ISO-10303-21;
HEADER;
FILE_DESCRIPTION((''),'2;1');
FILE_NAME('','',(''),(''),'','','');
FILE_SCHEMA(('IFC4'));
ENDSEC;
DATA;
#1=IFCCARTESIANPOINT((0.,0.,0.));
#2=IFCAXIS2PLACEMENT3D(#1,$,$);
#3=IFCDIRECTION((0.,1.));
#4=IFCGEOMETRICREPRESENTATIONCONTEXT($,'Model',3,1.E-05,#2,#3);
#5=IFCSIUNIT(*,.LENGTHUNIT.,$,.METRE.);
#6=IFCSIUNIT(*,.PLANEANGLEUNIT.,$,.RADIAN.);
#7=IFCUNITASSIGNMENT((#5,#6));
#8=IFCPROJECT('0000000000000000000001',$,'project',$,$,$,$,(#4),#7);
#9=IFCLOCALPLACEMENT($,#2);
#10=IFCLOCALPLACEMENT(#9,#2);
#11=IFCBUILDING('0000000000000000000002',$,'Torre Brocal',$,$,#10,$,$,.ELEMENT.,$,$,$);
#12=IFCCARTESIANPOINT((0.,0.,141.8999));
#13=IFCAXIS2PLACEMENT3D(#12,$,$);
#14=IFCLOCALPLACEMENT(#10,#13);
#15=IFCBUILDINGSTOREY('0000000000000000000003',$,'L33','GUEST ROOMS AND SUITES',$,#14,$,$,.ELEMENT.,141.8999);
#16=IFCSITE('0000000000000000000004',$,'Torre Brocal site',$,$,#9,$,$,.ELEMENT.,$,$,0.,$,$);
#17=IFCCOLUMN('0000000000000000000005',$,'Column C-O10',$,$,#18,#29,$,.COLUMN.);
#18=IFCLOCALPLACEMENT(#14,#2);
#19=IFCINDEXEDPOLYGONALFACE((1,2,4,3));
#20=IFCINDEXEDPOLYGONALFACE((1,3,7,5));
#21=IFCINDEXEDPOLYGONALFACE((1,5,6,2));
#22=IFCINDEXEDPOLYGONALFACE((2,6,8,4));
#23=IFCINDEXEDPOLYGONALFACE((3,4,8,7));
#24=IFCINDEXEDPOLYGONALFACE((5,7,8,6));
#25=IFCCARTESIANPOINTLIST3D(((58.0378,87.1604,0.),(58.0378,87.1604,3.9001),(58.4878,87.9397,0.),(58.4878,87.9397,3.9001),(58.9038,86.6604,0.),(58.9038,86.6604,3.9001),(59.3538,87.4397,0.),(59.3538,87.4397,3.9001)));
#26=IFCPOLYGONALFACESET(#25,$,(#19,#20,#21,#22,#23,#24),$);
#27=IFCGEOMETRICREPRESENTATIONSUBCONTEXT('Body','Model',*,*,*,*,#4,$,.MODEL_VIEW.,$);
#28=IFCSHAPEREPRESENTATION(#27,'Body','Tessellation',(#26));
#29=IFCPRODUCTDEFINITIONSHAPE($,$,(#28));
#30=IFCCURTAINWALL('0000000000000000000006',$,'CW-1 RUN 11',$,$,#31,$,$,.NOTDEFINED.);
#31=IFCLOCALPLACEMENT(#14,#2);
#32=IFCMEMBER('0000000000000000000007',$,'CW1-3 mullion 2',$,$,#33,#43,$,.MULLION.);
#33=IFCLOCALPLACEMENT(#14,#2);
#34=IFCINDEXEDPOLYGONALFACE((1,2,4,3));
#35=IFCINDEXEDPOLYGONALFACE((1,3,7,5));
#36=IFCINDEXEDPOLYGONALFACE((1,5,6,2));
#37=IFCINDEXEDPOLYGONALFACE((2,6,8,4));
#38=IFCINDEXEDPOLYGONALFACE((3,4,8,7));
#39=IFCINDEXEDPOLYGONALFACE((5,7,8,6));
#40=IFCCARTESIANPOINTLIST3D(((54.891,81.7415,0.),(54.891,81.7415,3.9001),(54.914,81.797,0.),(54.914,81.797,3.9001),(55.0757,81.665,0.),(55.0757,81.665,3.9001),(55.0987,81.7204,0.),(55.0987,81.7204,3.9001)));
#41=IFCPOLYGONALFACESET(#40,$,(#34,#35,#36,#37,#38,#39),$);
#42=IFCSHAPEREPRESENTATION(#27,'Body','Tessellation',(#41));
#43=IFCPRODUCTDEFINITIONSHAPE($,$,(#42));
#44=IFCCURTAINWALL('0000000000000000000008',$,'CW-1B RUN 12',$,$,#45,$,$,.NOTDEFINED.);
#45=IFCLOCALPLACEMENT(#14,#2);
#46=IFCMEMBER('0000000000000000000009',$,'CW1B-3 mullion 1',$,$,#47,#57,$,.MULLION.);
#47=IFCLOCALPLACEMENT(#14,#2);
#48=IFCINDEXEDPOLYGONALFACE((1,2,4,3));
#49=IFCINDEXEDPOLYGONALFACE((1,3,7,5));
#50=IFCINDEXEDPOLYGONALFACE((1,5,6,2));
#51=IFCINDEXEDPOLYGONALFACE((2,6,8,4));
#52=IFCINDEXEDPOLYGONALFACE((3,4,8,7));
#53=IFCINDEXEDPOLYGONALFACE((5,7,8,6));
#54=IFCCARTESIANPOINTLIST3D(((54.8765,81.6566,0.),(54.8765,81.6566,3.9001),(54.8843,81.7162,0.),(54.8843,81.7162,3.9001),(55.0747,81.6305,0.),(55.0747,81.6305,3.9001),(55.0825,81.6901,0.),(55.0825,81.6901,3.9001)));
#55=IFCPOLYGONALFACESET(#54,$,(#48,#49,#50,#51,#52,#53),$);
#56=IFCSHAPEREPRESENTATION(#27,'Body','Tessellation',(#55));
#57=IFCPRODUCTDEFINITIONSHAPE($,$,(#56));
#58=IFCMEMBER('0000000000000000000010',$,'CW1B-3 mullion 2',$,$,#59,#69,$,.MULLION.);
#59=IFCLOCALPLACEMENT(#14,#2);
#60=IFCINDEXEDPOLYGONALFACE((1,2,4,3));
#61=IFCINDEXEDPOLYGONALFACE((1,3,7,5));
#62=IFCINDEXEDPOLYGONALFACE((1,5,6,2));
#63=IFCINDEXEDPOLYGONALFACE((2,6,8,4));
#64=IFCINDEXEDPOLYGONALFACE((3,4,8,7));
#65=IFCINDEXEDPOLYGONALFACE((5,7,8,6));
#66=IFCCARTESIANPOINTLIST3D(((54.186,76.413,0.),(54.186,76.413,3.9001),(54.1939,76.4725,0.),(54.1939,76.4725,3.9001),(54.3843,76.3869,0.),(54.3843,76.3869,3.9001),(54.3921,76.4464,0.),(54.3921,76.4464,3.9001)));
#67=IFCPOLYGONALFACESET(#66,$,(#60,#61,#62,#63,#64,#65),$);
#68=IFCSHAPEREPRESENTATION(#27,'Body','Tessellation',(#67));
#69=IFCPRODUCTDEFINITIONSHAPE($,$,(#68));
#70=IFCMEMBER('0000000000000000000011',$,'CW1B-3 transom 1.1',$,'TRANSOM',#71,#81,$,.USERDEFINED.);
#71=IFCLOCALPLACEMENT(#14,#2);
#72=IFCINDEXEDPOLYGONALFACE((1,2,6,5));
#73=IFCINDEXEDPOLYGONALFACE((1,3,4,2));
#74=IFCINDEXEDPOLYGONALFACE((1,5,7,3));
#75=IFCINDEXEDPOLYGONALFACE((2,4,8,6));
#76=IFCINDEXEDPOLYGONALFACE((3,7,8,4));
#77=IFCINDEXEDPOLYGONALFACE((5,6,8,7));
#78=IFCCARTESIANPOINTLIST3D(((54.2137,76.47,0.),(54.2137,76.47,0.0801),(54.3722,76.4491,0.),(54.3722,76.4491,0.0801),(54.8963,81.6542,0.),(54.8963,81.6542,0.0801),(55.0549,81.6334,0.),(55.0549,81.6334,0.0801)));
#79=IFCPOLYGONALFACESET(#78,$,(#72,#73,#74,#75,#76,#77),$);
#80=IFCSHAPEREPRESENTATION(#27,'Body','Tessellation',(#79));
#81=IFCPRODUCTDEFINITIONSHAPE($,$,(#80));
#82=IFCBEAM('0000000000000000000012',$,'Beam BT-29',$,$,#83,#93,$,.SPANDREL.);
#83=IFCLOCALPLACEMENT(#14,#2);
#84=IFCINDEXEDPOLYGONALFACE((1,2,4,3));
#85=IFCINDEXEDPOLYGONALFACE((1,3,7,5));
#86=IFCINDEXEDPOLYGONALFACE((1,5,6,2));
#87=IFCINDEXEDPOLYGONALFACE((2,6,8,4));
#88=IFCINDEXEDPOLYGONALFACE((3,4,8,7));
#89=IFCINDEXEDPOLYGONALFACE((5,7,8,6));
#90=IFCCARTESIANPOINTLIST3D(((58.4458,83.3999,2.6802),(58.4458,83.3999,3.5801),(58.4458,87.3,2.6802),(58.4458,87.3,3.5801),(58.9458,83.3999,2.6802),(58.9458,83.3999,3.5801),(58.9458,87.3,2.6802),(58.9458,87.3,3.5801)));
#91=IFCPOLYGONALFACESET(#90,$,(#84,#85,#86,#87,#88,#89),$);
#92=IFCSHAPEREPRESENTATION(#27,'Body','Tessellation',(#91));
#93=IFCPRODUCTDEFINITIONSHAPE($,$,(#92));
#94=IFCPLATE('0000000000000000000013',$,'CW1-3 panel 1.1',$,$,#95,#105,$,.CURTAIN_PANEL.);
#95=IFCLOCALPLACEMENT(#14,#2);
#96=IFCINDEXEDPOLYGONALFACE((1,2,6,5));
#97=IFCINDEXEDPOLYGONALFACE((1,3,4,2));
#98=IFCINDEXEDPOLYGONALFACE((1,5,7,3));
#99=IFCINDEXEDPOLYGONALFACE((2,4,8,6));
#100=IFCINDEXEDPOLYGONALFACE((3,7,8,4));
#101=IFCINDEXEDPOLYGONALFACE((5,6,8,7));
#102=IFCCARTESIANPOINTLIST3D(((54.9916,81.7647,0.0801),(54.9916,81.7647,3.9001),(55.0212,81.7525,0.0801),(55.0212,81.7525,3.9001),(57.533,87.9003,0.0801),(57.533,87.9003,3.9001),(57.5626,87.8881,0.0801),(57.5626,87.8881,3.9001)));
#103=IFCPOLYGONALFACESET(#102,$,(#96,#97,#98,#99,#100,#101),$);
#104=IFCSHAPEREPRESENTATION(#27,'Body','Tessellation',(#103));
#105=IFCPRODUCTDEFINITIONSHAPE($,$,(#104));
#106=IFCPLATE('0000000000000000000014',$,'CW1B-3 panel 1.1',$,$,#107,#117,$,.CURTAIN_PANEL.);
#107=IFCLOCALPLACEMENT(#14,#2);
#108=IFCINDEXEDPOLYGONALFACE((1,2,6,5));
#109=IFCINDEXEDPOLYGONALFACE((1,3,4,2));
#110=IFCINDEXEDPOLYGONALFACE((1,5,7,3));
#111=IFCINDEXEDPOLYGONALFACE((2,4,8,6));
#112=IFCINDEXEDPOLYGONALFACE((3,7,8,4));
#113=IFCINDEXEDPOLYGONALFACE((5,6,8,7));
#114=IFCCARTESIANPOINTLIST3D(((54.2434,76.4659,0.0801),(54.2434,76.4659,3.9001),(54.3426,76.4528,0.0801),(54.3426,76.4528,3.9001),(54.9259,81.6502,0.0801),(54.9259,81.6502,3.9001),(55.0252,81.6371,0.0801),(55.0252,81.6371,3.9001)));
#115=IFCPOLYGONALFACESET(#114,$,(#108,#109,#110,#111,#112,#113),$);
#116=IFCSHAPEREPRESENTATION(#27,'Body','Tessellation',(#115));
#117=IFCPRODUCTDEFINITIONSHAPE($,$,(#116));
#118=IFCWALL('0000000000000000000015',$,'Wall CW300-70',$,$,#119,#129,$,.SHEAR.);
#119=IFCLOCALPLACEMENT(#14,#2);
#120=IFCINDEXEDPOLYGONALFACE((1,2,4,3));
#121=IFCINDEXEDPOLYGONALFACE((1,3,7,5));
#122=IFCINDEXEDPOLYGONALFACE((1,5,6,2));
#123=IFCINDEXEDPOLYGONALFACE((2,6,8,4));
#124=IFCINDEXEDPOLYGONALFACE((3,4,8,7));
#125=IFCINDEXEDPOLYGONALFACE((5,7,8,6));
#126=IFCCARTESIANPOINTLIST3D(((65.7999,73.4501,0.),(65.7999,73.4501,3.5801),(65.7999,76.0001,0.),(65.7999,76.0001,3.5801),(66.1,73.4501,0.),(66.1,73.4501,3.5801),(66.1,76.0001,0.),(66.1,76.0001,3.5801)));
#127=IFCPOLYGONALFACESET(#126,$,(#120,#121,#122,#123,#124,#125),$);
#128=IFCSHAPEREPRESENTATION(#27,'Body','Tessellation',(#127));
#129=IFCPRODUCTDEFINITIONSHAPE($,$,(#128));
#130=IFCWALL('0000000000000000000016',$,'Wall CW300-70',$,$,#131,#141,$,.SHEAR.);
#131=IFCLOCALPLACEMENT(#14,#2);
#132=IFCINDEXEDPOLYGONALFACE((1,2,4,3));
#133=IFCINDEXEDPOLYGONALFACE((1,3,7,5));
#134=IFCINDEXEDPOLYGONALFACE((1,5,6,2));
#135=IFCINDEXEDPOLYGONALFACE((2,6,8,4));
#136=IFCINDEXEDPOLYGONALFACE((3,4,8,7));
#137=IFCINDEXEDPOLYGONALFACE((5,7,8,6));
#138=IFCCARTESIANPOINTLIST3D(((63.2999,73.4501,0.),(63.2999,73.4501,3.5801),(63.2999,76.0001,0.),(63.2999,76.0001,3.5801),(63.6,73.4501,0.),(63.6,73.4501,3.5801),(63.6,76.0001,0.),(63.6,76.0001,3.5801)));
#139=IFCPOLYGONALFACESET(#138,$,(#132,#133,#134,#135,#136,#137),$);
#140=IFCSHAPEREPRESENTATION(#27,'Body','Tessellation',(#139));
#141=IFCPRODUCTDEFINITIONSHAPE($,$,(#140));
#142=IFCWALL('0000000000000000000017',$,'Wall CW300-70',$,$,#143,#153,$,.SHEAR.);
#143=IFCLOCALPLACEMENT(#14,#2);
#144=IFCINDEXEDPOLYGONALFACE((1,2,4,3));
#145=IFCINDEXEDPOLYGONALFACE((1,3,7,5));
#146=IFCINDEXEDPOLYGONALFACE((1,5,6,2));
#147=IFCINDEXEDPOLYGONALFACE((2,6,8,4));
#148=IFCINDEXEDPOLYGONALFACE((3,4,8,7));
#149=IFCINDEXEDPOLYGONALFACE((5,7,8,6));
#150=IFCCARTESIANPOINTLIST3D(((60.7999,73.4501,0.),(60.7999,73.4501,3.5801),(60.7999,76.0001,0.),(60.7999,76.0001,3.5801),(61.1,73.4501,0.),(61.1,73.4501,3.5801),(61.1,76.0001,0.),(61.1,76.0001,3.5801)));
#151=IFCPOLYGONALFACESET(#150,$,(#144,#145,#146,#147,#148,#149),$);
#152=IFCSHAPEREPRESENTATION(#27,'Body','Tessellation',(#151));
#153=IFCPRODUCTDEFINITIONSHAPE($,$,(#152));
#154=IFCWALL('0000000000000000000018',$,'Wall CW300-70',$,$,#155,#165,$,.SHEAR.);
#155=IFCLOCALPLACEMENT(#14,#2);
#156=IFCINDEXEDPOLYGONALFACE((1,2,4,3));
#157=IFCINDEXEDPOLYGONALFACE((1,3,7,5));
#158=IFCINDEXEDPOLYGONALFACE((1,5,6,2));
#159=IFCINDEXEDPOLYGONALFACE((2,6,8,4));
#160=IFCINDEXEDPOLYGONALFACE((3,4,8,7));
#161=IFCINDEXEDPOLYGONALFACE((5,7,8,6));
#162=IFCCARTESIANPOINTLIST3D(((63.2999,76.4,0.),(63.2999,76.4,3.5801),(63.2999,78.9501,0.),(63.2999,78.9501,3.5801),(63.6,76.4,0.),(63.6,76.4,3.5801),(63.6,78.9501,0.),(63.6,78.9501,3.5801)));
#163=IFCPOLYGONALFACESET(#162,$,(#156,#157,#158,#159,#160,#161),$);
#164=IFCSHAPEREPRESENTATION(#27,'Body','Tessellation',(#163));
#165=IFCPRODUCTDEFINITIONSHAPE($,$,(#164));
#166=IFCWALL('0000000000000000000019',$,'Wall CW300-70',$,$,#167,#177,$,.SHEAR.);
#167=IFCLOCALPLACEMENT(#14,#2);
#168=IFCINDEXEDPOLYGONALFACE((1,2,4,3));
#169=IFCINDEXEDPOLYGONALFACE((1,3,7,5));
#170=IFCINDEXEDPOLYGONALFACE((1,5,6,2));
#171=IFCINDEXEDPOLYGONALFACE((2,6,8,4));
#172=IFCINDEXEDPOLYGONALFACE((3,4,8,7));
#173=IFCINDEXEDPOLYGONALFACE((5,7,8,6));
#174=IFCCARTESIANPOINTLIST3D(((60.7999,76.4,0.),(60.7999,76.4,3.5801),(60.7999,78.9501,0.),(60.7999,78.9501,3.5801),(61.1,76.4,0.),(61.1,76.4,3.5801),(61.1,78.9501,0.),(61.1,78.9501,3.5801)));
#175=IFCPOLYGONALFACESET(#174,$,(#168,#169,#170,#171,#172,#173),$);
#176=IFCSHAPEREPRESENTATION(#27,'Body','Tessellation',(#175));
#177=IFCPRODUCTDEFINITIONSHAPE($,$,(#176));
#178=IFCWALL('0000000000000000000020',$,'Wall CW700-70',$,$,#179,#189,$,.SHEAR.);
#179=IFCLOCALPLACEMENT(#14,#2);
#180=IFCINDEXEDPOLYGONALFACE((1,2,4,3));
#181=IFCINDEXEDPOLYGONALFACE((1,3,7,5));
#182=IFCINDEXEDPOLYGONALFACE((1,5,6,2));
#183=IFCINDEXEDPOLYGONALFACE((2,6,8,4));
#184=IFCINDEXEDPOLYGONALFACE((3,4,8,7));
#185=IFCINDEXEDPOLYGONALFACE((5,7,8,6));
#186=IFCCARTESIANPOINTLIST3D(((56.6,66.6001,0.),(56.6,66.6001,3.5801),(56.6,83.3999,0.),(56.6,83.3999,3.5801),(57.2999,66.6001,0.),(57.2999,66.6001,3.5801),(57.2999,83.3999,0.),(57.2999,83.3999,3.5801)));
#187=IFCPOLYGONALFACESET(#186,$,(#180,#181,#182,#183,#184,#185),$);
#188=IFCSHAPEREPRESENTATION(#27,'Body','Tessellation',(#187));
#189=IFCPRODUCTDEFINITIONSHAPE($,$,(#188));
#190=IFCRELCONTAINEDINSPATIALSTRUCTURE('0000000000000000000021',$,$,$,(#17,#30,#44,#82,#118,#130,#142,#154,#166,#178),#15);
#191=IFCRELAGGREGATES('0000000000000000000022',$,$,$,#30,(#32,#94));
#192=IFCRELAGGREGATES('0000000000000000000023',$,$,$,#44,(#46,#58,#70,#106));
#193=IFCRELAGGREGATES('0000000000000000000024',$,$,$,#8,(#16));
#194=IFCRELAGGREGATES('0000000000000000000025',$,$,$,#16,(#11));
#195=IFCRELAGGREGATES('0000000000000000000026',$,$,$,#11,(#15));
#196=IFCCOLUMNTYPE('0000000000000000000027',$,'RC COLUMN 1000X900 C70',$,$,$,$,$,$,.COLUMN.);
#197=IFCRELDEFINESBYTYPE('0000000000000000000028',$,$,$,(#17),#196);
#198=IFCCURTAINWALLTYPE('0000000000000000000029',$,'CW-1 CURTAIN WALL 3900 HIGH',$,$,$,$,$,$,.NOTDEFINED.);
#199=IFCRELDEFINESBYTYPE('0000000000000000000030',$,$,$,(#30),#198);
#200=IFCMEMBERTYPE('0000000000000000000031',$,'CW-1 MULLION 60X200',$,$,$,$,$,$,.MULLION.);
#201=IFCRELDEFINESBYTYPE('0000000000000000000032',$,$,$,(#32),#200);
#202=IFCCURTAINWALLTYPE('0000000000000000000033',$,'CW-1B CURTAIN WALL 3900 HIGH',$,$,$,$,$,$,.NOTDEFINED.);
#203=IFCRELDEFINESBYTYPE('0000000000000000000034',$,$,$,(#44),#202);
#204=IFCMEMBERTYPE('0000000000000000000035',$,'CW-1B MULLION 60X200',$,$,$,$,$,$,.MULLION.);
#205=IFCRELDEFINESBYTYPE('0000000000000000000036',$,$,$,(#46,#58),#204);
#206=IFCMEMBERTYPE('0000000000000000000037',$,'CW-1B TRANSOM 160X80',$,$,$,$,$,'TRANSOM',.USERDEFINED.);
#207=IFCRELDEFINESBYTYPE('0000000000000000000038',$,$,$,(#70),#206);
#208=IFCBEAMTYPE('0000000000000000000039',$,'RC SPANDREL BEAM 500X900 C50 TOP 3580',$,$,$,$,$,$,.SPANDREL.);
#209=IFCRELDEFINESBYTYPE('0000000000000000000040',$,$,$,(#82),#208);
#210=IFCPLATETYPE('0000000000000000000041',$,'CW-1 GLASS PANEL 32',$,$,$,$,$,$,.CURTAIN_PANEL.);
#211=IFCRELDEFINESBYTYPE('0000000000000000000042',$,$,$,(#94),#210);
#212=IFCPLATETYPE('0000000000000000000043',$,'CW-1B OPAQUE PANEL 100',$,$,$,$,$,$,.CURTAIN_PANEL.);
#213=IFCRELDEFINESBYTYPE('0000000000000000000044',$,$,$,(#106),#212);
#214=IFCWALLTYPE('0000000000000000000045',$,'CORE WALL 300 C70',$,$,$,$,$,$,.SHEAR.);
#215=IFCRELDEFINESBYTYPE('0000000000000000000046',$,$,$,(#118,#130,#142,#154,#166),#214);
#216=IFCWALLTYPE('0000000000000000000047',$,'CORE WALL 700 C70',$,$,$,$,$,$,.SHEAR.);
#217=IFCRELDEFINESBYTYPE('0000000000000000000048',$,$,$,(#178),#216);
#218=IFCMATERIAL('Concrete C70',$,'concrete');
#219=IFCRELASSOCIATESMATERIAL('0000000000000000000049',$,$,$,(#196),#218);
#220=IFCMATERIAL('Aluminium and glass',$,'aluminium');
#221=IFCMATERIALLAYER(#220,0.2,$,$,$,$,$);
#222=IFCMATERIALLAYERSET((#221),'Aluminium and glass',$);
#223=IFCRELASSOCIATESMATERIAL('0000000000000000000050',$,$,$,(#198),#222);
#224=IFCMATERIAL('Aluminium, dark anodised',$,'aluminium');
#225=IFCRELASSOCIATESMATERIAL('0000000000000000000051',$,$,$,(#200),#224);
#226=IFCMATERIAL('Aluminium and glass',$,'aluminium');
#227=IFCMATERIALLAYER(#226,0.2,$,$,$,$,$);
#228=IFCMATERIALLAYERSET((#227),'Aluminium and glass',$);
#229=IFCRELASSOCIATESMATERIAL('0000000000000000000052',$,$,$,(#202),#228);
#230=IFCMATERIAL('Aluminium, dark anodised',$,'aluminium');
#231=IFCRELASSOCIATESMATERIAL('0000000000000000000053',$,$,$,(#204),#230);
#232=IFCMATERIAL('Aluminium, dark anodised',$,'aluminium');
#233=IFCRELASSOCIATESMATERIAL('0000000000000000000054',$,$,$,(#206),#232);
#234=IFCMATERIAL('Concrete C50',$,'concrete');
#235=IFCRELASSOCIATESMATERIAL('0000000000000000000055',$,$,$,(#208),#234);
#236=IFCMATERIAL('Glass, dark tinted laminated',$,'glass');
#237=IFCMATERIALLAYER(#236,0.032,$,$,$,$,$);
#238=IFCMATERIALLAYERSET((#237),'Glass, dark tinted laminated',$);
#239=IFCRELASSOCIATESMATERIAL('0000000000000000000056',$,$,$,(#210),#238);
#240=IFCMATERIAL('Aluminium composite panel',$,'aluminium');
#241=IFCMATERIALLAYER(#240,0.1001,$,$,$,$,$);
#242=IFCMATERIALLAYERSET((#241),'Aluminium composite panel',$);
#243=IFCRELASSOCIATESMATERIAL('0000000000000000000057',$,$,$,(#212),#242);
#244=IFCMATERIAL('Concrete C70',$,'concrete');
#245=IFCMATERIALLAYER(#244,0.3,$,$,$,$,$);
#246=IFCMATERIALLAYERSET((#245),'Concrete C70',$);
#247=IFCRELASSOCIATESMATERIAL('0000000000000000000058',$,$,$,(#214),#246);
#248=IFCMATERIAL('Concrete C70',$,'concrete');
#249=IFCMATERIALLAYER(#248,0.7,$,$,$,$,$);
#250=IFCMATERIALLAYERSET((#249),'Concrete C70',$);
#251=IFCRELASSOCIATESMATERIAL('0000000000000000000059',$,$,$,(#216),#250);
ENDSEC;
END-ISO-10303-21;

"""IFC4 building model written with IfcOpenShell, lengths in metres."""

from ifc_helpers import new_model, si_unit, direction, frame, frame_2d, origin, origin_2d, place, context, subcontext, project, spatial, rectangle, extrude, material, layer, layer_set, material_profile, profile_set, type_object, element, aggregate, save


model = new_model("IFC4")

# Units and contexts
model_context = context("Model", 3, precision=1e-05, world=origin(), true_north=direction((0.0, 1.0)))
body_context = subcontext(model_context, "Body", "Model", "MODEL_VIEW")
ifc_project = project(units=[si_unit("LENGTHUNIT", "METRE"), si_unit("PLANEANGLEUNIT", "RADIAN")], contexts=[model_context])

# Site, building, storey
site_placement = place(None, origin())
site = spatial("IfcSite", under=ifc_project, at=site_placement, Name="Torre Brocal site", CompositionType="ELEMENT", RefElevation=0.0)
building_placement = place(site_placement, origin())
building = spatial("IfcBuilding", under=site, at=building_placement, Name="Torre Brocal", CompositionType="ELEMENT")
storey_placement = place(building_placement, frame((0.0, 0.0, 141.8999)))
storey = spatial("IfcBuildingStorey", under=building, at=storey_placement, Name="L33", Description="GUEST ROOMS AND SUITES", CompositionType="ELEMENT", Elevation=141.8999)

# Column
ifc_material_1 = material(Name="Concrete C70", Category="concrete")
ifc_material_profile_1 = material_profile(ifc_material_1, rectangle(XDim=1.0, YDim=0.8999, at=origin_2d()), Name="RC 1000X900")
ifc_profile_set_1 = profile_set([ifc_material_profile_1], Name="Concrete C70")
column_type = type_object("IfcColumnType", Name="RC COLUMN 1000X900 C70", PredefinedType="COLUMN", material=ifc_profile_set_1)
column_placement = place(storey_placement, frame((58.6958, 87.3, 0.0), z_axis=(0.0, 0.0, 1.0), x_axis=(-0.866025, 0.5, 0.0)))
element("IfcColumn", 1, at=column_placement, inside=storey, type_object=column_type, Name="Column C-O10", PredefinedType="COLUMN", context=body_context, shape_type="SweptSolid", body=[
    extrude(rectangle(XDim=1.0, YDim=0.8999, at=origin_2d()), origin(), (0.0, 0.0, 1.0), 3.9001),
])

# Curtain wall, member
ifc_material_2 = material(Name="Aluminium and glass", Category="aluminium")
ifc_layer_1 = layer(ifc_material_2, 0.2)
ifc_layer_set_1 = layer_set([ifc_layer_1], Name="Aluminium and glass")
curtain_wall_type_1 = type_object("IfcCurtainWallType", Name="CW-1 CURTAIN WALL 3900 HIGH", PredefinedType="NOTDEFINED", material=ifc_layer_set_1)
curtain_wall_1_placement = place(storey_placement, origin())
curtain_wall_1 = element("IfcCurtainWall", 2, at=curtain_wall_1_placement, inside=storey, type_object=curtain_wall_type_1, Name="CW-1 RUN 11", PredefinedType="NOTDEFINED")
ifc_material_3 = material(Name="Aluminium, dark anodised", Category="aluminium")
ifc_material_profile_2 = material_profile(ifc_material_3, rectangle(XDim=0.2, YDim=0.0601, at=origin_2d()), Name="CW-1 MULLION 60X200")
ifc_profile_set_2 = profile_set([ifc_material_profile_2], Name="Aluminium, dark anodised")
member_type_1 = type_object("IfcMemberType", Name="CW-1 MULLION 60X200", PredefinedType="MULLION", material=ifc_profile_set_2)
member_1_placement = place(storey_placement, frame((54.9949, 81.731, 0.0), z_axis=(0.0, 0.0, 1.0), x_axis=(0.92388, -0.382683, 0.0)))
member_1 = element("IfcMember", 3, at=member_1_placement, type_object=member_type_1, Name="CW1-3 mullion 2", PredefinedType="MULLION", context=body_context, shape_type="SweptSolid", body=[
    extrude(rectangle(XDim=0.2, YDim=0.0601, at=origin_2d()), origin(), (0.0, 0.0, 1.0), 3.9001),
])

# Curtain wall, members
ifc_material_4 = material(Name="Aluminium and glass", Category="aluminium")
ifc_layer_2 = layer(ifc_material_4, 0.2)
ifc_layer_set_2 = layer_set([ifc_layer_2], Name="Aluminium and glass")
curtain_wall_type_2 = type_object("IfcCurtainWallType", Name="CW-1B CURTAIN WALL 3900 HIGH", PredefinedType="NOTDEFINED", material=ifc_layer_set_2)
curtain_wall_2_placement = place(storey_placement, origin())
curtain_wall_2 = element("IfcCurtainWall", 4, at=curtain_wall_2_placement, inside=storey, type_object=curtain_wall_type_2, Name="CW-1B RUN 12", PredefinedType="NOTDEFINED")
ifc_material_5 = material(Name="Aluminium, dark anodised", Category="aluminium")
ifc_material_profile_3 = material_profile(ifc_material_5, rectangle(XDim=0.2, YDim=0.0601, at=origin_2d()), Name="CW-1B MULLION 60X200")
ifc_profile_set_3 = profile_set([ifc_material_profile_3], Name="Aluminium, dark anodised")
member_type_2 = type_object("IfcMemberType", Name="CW-1B MULLION 60X200", PredefinedType="MULLION", material=ifc_profile_set_3)
member_2_placement = place(storey_placement, frame((54.9795, 81.6733, 0.0), z_axis=(0.0, 0.0, 1.0), x_axis=(0.991445, -0.130526, 0.0)))
member_2 = element("IfcMember", 5, at=member_2_placement, type_object=member_type_2, Name="CW1B-3 mullion 1", PredefinedType="MULLION", context=body_context, shape_type="SweptSolid", body=[
    extrude(rectangle(XDim=0.2, YDim=0.0601, at=origin_2d()), origin(), (0.0, 0.0, 1.0), 3.9001),
])
member_3_placement = place(storey_placement, frame((54.2891, 76.4297, 0.0), z_axis=(0.0, 0.0, 1.0), x_axis=(0.991445, -0.130526, 0.0)))
member_3 = element("IfcMember", 6, at=member_3_placement, type_object=member_type_2, Name="CW1B-3 mullion 2", PredefinedType="MULLION", context=body_context, shape_type="SweptSolid", body=[
    extrude(rectangle(XDim=0.2, YDim=0.0601, at=origin_2d()), origin(), (0.0, 0.0, 1.0), 3.9001),
])
ifc_material_6 = material(Name="Aluminium, dark anodised", Category="aluminium")
ifc_material_profile_4 = material_profile(ifc_material_6, rectangle(XDim=0.1599, YDim=0.0801, at=origin_2d()), Name="CW-1B TRANSOM 160X80")
ifc_profile_set_4 = profile_set([ifc_material_profile_4], Name="Aluminium, dark anodised")
member_type_3 = type_object("IfcMemberType", Name="CW-1B TRANSOM 160X80", ElementType="TRANSOM", PredefinedType="USERDEFINED", material=ifc_profile_set_4)
member_4_placement = place(storey_placement, frame((54.9756, 81.6438, 0.04), z_axis=(-0.130543, -0.991443, 0.0), x_axis=(0.991443, -0.130543, 0.0)))
member_4 = element("IfcMember", 7, at=member_4_placement, type_object=member_type_3, Name="CW1B-3 transom 1.1", ObjectType="TRANSOM", PredefinedType="USERDEFINED", context=body_context, shape_type="SweptSolid", body=[
    extrude(rectangle(XDim=0.1599, YDim=0.0801, at=origin_2d()), origin(), (0.0, 0.0, 1.0), 5.229),
])

# Beam
ifc_material_7 = material(Name="Concrete C50", Category="concrete")
ifc_material_profile_5 = material_profile(ifc_material_7, rectangle(XDim=0.5, YDim=0.8999, at=origin_2d()), Name="RC 500X900")
ifc_profile_set_5 = profile_set([ifc_material_profile_5], Name="Concrete C50")
beam_type = type_object("IfcBeamType", Name="RC SPANDREL BEAM 500X900 C50 TOP 3580", PredefinedType="SPANDREL", material=ifc_profile_set_5)
beam_placement = place(storey_placement, frame((58.6958, 87.3, 3.1301), z_axis=(0.0, -1.0, 0.0), x_axis=(1.0, 0.0, 0.0)))
element("IfcBeam", 8, at=beam_placement, inside=storey, type_object=beam_type, Name="Beam BT-29", PredefinedType="SPANDREL", context=body_context, shape_type="SweptSolid", body=[
    extrude(rectangle(XDim=0.5, YDim=0.8999, at=origin_2d()), origin(), (0.0, 0.0, 1.0), 3.9001),
])

# Plates
ifc_material_8 = material(Name="Glass, dark tinted laminated", Category="glass")
ifc_layer_3 = layer(ifc_material_8, 0.032)
ifc_layer_set_3 = layer_set([ifc_layer_3], Name="Glass, dark tinted laminated")
plate_type_1 = type_object("IfcPlateType", Name="CW-1 GLASS PANEL 32", PredefinedType="CURTAIN_PANEL", material=ifc_layer_set_3)
plate_1_placement = place(storey_placement, frame((56.2771, 84.8264, 0.0801), z_axis=(0.0, 0.0, 1.0), x_axis=(-0.382683, -0.92388, 0.0)))
plate_1 = element("IfcPlate", 9, at=plate_1_placement, type_object=plate_type_1, Name="CW1-3 panel 1.1", PredefinedType="CURTAIN_PANEL", context=body_context, shape_type="SweptSolid", body=[
    extrude(rectangle(XDim=6.6411, YDim=0.032, at=origin_2d()), origin(), (0.0, 0.0, 1.0), 3.8201),
])
aggregate(curtain_wall_1, [member_1, plate_1])
ifc_material_9 = material(Name="Aluminium composite panel", Category="aluminium")
ifc_layer_4 = layer(ifc_material_9, 0.1001)
ifc_layer_set_4 = layer_set([ifc_layer_4], Name="Aluminium composite panel")
plate_type_2 = type_object("IfcPlateType", Name="CW-1B OPAQUE PANEL 100", PredefinedType="CURTAIN_PANEL", material=ifc_layer_set_4)
plate_2_placement = place(storey_placement, frame((54.6343, 79.0515, 0.0801), z_axis=(0.0, 0.0, 1.0), x_axis=(-0.130526, -0.991445, 0.0)))
plate_2 = element("IfcPlate", 10, at=plate_2_placement, type_object=plate_type_2, Name="CW1B-3 panel 1.1", PredefinedType="CURTAIN_PANEL", context=body_context, shape_type="SweptSolid", body=[
    extrude(rectangle(XDim=5.229, YDim=0.1001, at=origin_2d()), origin(), (0.0, 0.0, 1.0), 3.8201),
])
aggregate(curtain_wall_2, [member_2, member_3, member_4, plate_2])

# Walls
ifc_material_10 = material(Name="Concrete C70", Category="concrete")
ifc_layer_5 = layer(ifc_material_10, 0.3)
ifc_layer_set_5 = layer_set([ifc_layer_5], Name="Concrete C70")
wall_type_1 = type_object("IfcWallType", Name="CORE WALL 300 C70", PredefinedType="SHEAR", material=ifc_layer_set_5)
for number, where, z_axis, x_axis, name in (
    (11, (65.95, 76.0, 0.0), (0.0, 0.0, 1.0), (0.0, -1.0, 0.0), "Wall CW300-70"),
    (12, (63.45, 76.0, 0.0), (0.0, 0.0, 1.0), (0.0, -1.0, 0.0), "Wall CW300-70"),
    (13, (60.95, 76.0, 0.0), (0.0, 0.0, 1.0), (0.0, -1.0, 0.0), "Wall CW300-70"),
    (14, (63.45, 78.95, 0.0), (0.0, 0.0, 1.0), (0.0, -1.0, 0.0), "Wall CW300-70"),
    (15, (60.95, 78.95, 0.0), (0.0, 0.0, 1.0), (0.0, -1.0, 0.0), "Wall CW300-70"),
):
    element("IfcWall", number, at=place(storey_placement, frame(where, z_axis=z_axis, x_axis=x_axis)), inside=storey, type_object=wall_type_1, Name=name, PredefinedType="SHEAR", context=body_context, shape_type="SweptSolid", body=[
        extrude(rectangle(XDim=2.55, YDim=0.3, at=frame_2d((1.2749, 0.0))), origin(), (0.0, 0.0, 1.0), 3.5801),
    ])
ifc_material_11 = material(Name="Concrete C70", Category="concrete")
ifc_layer_6 = layer(ifc_material_11, 0.7)
ifc_layer_set_6 = layer_set([ifc_layer_6], Name="Concrete C70")
wall_type_2 = type_object("IfcWallType", Name="CORE WALL 700 C70", PredefinedType="SHEAR", material=ifc_layer_set_6)
wall_1_placement = place(storey_placement, frame((56.95, 83.3999, 0.0), z_axis=(0.0, 0.0, 1.0), x_axis=(0.0, -1.0, 0.0)))
element("IfcWall", 16, at=wall_1_placement, inside=storey, type_object=wall_type_2, Name="Wall CW700-70", PredefinedType="SHEAR", context=body_context, shape_type="SweptSolid", body=[
    extrude(rectangle(XDim=16.7998, YDim=0.7, at=frame_2d((8.3999, 0.0))), origin(), (0.0, 0.0, 1.0), 3.5801),
])

save(model, "model.ifc")
